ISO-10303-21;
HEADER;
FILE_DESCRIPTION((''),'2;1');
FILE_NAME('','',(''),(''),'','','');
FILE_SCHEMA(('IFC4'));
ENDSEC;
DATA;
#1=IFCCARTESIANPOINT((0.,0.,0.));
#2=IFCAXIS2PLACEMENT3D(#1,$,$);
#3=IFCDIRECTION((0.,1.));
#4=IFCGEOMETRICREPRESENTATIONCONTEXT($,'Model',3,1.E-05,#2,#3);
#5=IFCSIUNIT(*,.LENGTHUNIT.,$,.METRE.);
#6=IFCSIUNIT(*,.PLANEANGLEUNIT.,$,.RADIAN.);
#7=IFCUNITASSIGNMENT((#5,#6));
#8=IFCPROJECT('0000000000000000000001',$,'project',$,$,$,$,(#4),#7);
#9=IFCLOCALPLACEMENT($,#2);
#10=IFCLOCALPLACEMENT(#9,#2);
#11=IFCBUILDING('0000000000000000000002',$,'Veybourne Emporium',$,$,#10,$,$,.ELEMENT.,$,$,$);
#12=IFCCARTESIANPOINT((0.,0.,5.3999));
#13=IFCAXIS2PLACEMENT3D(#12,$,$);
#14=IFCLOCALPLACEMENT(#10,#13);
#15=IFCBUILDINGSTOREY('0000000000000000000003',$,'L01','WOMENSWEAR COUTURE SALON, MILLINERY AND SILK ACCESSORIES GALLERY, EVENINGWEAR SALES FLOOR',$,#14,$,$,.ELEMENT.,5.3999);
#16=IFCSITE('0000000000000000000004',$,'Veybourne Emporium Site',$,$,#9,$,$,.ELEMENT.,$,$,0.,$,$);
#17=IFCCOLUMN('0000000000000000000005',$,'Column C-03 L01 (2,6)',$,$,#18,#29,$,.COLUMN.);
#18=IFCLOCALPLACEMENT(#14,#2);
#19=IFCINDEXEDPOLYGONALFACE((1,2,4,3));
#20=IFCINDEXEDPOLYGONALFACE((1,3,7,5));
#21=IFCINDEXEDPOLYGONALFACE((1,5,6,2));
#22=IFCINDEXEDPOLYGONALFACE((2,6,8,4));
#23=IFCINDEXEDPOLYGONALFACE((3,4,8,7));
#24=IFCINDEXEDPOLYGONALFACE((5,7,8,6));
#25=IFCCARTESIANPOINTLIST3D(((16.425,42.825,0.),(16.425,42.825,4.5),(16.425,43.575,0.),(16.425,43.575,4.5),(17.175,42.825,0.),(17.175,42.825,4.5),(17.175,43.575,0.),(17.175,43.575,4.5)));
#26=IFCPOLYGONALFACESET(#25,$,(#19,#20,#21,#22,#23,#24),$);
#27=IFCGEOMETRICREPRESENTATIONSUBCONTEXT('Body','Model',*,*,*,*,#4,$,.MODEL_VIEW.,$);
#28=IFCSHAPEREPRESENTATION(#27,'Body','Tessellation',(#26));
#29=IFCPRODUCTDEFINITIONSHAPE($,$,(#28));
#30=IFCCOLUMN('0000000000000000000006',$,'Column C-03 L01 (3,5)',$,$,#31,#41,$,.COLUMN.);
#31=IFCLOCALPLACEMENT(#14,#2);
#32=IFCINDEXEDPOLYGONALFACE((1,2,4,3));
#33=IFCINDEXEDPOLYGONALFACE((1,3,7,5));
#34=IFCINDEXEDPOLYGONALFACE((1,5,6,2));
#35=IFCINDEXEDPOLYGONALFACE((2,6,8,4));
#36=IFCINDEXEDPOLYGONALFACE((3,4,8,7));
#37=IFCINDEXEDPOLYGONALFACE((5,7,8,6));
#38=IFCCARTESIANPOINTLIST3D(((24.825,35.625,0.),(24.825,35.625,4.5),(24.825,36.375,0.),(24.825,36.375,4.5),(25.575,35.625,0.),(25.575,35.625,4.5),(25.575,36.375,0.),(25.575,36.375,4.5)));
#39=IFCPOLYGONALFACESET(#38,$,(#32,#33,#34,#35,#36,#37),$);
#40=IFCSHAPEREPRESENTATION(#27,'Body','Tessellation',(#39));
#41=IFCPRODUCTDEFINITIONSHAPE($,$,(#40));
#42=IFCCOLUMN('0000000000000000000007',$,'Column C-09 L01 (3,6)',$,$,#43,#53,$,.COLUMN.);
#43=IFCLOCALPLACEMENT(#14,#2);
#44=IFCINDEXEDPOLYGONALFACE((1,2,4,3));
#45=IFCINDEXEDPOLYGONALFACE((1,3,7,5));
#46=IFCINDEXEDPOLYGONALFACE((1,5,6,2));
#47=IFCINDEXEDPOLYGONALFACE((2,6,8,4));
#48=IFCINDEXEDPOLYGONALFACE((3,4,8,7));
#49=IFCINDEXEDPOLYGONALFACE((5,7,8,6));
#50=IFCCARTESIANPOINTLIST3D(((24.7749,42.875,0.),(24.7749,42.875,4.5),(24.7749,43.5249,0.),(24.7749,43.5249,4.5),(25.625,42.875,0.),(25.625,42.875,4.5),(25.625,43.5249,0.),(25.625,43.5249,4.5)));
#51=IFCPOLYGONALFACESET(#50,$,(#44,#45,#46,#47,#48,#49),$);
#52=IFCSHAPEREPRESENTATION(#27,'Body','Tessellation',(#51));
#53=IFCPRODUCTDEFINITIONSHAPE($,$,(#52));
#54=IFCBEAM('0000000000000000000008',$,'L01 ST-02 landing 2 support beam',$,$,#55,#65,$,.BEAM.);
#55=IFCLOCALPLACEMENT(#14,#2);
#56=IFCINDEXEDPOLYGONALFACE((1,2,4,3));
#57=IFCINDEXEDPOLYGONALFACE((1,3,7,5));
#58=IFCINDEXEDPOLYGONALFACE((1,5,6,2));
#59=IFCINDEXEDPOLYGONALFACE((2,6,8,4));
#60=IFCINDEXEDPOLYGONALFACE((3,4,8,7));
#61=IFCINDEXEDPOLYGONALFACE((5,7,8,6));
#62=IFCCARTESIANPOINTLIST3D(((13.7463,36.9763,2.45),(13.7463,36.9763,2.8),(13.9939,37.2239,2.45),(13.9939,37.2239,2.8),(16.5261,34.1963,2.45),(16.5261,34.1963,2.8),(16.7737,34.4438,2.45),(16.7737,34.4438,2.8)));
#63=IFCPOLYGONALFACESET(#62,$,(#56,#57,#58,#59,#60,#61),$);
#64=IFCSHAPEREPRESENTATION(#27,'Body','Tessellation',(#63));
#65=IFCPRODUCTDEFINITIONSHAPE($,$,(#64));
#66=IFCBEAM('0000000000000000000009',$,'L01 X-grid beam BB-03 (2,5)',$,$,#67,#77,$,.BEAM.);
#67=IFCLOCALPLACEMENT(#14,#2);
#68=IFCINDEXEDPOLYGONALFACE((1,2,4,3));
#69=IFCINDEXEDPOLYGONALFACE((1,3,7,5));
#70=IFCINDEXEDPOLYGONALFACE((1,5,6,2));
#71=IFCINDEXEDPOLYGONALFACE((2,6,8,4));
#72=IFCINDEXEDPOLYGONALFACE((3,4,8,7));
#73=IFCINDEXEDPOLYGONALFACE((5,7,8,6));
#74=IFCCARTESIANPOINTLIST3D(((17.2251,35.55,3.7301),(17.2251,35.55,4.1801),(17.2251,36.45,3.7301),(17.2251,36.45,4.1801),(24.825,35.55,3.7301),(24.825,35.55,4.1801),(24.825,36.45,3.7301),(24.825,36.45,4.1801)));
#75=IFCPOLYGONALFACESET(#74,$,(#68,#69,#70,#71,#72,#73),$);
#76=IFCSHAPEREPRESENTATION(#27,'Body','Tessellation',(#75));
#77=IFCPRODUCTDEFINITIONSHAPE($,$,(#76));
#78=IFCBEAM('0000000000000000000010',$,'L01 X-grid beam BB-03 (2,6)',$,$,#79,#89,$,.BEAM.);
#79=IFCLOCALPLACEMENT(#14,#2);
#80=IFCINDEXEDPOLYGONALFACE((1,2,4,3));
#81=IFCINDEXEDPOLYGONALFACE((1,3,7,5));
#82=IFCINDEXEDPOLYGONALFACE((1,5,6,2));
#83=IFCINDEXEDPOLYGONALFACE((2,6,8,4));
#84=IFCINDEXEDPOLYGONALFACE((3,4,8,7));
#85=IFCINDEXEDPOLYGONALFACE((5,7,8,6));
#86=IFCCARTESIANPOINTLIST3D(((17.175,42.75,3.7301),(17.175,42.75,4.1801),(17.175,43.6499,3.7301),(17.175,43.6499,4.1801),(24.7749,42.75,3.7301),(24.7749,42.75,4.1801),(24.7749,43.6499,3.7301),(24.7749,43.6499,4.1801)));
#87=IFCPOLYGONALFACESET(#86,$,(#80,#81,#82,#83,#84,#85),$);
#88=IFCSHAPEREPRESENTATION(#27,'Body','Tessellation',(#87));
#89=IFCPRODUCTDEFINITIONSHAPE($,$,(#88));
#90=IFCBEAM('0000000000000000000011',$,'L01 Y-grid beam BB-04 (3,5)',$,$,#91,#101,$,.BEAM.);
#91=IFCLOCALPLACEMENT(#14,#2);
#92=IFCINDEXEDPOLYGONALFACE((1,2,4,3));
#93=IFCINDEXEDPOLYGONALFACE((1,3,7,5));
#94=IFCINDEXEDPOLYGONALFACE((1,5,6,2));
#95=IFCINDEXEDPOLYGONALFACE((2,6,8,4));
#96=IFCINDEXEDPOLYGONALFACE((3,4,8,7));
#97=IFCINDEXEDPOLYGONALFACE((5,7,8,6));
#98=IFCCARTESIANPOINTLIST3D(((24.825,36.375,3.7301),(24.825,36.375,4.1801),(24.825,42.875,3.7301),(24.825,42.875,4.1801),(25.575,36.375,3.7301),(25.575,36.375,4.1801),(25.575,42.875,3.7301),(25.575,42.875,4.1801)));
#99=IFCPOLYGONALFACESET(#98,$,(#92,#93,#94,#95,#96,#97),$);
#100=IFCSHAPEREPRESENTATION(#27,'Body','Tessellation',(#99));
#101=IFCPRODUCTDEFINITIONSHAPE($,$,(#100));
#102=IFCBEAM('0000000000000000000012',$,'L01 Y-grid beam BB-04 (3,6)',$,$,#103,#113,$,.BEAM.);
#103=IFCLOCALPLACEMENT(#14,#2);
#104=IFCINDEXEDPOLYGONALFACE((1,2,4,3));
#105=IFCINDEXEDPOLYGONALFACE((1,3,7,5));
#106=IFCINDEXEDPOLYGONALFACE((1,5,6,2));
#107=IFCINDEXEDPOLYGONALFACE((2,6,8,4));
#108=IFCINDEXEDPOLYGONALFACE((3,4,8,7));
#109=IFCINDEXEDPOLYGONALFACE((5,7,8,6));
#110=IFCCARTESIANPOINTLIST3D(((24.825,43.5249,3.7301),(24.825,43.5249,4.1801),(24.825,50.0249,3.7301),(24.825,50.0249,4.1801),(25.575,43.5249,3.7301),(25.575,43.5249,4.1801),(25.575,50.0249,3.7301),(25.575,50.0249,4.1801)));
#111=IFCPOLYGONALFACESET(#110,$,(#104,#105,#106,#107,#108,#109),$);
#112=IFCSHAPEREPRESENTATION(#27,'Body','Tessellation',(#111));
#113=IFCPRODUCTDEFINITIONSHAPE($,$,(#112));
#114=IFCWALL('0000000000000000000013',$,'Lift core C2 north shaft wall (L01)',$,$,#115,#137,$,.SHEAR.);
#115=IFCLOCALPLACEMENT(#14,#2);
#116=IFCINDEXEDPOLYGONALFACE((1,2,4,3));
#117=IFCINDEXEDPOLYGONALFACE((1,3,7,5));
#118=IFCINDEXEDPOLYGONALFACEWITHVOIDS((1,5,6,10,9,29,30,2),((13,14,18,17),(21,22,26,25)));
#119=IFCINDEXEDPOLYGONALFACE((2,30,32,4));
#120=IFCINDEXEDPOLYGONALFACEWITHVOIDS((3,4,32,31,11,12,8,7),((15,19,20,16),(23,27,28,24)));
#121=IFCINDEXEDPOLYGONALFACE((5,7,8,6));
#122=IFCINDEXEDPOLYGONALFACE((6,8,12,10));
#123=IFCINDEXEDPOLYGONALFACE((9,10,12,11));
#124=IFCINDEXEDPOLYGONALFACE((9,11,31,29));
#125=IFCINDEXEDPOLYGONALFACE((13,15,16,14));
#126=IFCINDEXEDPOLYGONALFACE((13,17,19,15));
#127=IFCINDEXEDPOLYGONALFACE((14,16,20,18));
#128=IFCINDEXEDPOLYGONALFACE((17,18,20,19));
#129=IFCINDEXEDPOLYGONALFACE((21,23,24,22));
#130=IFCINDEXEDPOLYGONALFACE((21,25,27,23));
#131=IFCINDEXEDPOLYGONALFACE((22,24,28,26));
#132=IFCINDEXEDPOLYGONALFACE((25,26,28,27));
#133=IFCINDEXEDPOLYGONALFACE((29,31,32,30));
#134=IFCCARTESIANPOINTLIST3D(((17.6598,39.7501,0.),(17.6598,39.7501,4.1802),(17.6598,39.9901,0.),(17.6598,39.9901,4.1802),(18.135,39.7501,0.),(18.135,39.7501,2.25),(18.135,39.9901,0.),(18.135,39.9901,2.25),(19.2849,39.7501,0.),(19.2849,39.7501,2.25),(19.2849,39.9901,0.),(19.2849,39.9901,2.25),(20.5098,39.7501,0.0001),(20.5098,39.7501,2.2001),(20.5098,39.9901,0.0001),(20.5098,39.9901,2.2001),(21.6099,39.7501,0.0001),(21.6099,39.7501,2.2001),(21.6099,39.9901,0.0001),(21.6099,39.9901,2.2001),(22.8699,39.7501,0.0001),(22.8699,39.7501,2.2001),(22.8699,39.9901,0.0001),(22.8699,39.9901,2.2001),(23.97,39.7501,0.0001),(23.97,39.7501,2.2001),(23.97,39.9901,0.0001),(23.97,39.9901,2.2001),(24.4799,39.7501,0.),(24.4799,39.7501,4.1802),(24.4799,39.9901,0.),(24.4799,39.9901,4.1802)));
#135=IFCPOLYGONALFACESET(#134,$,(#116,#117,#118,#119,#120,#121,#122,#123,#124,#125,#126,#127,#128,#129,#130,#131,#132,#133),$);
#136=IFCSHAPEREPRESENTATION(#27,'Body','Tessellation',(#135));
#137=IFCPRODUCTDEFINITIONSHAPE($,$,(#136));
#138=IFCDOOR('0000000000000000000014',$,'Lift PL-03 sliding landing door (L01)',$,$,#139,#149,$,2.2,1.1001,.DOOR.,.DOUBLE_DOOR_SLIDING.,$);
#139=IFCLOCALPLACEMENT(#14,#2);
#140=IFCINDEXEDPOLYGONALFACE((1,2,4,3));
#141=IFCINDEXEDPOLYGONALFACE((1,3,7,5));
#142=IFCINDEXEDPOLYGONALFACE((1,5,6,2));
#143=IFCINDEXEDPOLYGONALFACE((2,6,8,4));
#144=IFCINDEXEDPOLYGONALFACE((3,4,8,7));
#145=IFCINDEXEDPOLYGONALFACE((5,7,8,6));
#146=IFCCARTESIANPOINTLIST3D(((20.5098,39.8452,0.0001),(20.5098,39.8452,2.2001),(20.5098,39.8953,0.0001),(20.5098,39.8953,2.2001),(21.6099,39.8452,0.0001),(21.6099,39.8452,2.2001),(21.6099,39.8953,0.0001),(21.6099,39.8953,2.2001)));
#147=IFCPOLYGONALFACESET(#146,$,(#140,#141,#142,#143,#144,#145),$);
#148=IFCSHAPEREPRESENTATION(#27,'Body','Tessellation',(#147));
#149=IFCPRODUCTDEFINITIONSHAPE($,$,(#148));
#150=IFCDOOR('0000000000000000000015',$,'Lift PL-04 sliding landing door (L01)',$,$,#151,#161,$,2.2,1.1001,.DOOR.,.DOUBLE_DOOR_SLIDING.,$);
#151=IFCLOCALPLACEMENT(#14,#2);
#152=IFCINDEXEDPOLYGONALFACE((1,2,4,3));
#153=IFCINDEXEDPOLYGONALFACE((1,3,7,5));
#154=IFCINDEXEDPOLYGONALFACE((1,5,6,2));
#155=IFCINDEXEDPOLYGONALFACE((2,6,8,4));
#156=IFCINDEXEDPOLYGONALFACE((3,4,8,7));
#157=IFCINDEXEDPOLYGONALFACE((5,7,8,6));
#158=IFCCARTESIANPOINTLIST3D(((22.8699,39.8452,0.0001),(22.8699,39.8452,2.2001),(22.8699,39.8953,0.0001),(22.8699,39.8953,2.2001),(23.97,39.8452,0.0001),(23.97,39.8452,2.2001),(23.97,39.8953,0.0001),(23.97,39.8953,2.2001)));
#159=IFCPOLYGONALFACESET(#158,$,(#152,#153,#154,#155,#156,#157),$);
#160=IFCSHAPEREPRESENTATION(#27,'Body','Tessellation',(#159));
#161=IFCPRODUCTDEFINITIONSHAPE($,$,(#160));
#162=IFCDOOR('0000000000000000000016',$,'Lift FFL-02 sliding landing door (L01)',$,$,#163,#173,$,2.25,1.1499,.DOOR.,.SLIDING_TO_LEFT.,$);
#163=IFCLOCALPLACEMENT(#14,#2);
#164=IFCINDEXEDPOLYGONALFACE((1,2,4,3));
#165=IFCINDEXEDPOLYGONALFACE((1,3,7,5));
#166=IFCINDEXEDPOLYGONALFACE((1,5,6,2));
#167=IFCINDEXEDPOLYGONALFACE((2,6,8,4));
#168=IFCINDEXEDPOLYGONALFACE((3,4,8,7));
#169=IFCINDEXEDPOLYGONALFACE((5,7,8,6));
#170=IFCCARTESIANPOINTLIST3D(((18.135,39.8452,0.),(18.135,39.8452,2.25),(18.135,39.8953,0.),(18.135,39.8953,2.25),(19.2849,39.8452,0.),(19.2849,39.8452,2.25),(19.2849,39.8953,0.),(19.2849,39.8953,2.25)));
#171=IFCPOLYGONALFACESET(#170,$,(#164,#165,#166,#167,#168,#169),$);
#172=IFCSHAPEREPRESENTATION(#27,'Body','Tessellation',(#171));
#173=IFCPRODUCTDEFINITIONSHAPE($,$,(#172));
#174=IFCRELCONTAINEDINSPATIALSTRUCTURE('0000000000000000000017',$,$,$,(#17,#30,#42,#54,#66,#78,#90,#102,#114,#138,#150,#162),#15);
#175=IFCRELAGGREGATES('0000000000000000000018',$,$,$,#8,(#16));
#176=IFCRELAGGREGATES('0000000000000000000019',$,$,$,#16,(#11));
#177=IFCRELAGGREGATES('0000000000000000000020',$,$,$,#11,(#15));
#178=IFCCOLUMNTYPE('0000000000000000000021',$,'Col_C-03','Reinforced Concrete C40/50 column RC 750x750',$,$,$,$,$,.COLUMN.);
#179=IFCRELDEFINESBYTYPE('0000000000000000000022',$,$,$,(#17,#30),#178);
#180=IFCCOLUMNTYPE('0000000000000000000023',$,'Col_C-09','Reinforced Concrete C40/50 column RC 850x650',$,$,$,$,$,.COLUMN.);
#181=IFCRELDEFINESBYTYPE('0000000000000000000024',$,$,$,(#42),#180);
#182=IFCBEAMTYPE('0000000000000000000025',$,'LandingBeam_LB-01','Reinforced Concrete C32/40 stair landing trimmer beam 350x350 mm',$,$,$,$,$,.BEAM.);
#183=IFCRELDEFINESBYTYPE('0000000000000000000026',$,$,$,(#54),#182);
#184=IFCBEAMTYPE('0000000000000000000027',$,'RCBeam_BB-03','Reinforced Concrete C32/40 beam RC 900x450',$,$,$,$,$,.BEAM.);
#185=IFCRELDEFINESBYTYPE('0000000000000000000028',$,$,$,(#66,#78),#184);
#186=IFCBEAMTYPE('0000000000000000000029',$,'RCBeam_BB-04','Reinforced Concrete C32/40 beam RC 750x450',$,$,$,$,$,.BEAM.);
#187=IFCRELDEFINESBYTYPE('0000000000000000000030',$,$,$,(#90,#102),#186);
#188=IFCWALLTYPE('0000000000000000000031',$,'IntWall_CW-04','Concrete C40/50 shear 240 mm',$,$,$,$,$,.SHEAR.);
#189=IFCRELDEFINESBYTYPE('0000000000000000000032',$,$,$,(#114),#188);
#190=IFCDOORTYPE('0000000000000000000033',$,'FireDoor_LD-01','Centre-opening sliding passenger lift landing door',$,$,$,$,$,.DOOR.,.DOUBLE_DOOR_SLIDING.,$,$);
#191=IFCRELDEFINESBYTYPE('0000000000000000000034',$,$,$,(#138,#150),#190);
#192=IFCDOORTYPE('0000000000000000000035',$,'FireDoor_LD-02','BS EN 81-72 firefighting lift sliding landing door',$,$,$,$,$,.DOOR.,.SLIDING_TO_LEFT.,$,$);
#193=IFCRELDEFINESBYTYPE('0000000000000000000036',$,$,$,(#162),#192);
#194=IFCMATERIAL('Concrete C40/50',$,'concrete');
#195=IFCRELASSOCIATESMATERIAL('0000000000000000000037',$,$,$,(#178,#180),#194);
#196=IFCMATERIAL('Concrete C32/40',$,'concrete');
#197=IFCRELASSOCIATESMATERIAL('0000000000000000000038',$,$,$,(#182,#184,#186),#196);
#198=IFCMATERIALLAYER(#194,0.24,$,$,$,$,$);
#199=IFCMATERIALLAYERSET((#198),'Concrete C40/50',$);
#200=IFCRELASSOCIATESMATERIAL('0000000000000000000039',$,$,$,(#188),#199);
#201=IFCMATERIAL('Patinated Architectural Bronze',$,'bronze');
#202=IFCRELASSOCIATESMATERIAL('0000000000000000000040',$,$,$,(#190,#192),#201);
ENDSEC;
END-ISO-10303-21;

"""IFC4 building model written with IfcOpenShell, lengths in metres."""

from ifc_helpers import new_model, si_unit, direction, frame, frame_2d, origin, origin_2d, place, context, subcontext, project, spatial, rectangle, extrude, material, layer, layer_set, material_profile, profile_set, type_object, element, fill, save


model = new_model("IFC4")

# Units and contexts
model_context = context("Model", 3, precision=1e-05, world=origin(), true_north=direction((0.0, 1.0)))
body_context = subcontext(model_context, "Body", "Model", "MODEL_VIEW")
ifc_project = project(units=[si_unit("LENGTHUNIT", "METRE"), si_unit("PLANEANGLEUNIT", "RADIAN")], contexts=[model_context])

# Site, building, storey
site_placement = place(None, origin())
site = spatial("IfcSite", under=ifc_project, at=site_placement, Name="Veybourne Emporium Site", CompositionType="ELEMENT", RefElevation=0.0)
building_placement = place(site_placement, origin())
building = spatial("IfcBuilding", under=site, at=building_placement, Name="Veybourne Emporium", CompositionType="ELEMENT")
storey_placement = place(building_placement, frame((0.0, 0.0, 5.3999)))
storey = spatial("IfcBuildingStorey", under=building, at=storey_placement, Name="L01", Description="WOMENSWEAR COUTURE SALON, MILLINERY AND SILK ACCESSORIES GALLERY, EVENINGWEAR SALES FLOOR", CompositionType="ELEMENT", Elevation=5.3999)

# Columns
ifc_material_1 = material(Name="Concrete C40/50", Category="concrete")
ifc_material_profile_1 = material_profile(ifc_material_1, rectangle(XDim=0.75, YDim=0.75, at=origin_2d()), Name="RC 750x750")
ifc_profile_set_1 = profile_set([ifc_material_profile_1], Name="Concrete C40/50")
column_type_1 = type_object("IfcColumnType", Name="Col_C-03", Description="Reinforced Concrete C40/50 column RC 750x750", PredefinedType="COLUMN", material=ifc_profile_set_1)
for number, where, z_axis, x_axis, name in (
    (1, (16.8, 43.2, 0.0), (0.0, 0.0, 1.0), (1.0, 0.0, 0.0), "Column C-03 L01 (2,6)"),
    (2, (25.2, 36.0, 0.0), (0.0, 0.0, 1.0), (1.0, 0.0, 0.0), "Column C-03 L01 (3,5)"),
):
    element("IfcColumn", number, at=place(storey_placement, frame(where, z_axis=z_axis, x_axis=x_axis)), inside=storey, type_object=column_type_1, Name=name, PredefinedType="COLUMN", context=body_context, shape_type="SweptSolid", body=[
        extrude(rectangle(XDim=0.75, YDim=0.75, at=origin_2d()), origin(), (0.0, 0.0, 1.0), 4.5),
    ])
ifc_material_profile_2 = material_profile(ifc_material_1, rectangle(XDim=0.8501, YDim=0.6499, at=origin_2d()), Name="RC 850x650")
ifc_profile_set_2 = profile_set([ifc_material_profile_2], Name="Concrete C40/50")
column_type_2 = type_object("IfcColumnType", Name="Col_C-09", Description="Reinforced Concrete C40/50 column RC 850x650", PredefinedType="COLUMN", material=ifc_profile_set_2)
column_placement = place(storey_placement, frame((25.2, 43.2, 0.0), z_axis=(0.0, 0.0, 1.0), x_axis=(1.0, 0.0, 0.0)))
element("IfcColumn", 3, at=column_placement, inside=storey, type_object=column_type_2, Name="Column C-09 L01 (3,6)", PredefinedType="COLUMN", context=body_context, shape_type="SweptSolid", body=[
    extrude(rectangle(XDim=0.8501, YDim=0.6499, at=origin_2d()), origin(), (0.0, 0.0, 1.0), 4.5),
])

# Beams
ifc_material_2 = material(Name="Concrete C32/40", Category="concrete")
ifc_material_profile_3 = material_profile(ifc_material_2, rectangle(XDim=0.3501, YDim=0.3501, at=origin_2d()), Name="RC 350x350")
ifc_profile_set_3 = profile_set([ifc_material_profile_3], Name="Concrete C32/40")
beam_type_1 = type_object("IfcBeamType", Name="LandingBeam_LB-01", Description="Reinforced Concrete C32/40 stair landing trimmer beam 350x350 mm", PredefinedType="BEAM", material=ifc_profile_set_3)
beam_placement = place(storey_placement, frame((13.8701, 37.1001, 2.625), z_axis=(0.707076, -0.707138, 0.0), x_axis=(0.707138, 0.707076, 0.0)))
element("IfcBeam", 4, at=beam_placement, inside=storey, type_object=beam_type_1, Name="L01 ST-02 landing 2 support beam", PredefinedType="BEAM", context=body_context, shape_type="SweptSolid", body=[
    extrude(rectangle(XDim=0.3501, YDim=0.3501, at=origin_2d()), origin(), (0.0, 0.0, 1.0), 3.9314),
])
ifc_material_profile_4 = material_profile(ifc_material_2, rectangle(XDim=0.8999, YDim=0.45, at=origin_2d()), Name="RC 900x450")
ifc_profile_set_4 = profile_set([ifc_material_profile_4], Name="Concrete C32/40")
beam_type_2 = type_object("IfcBeamType", Name="RCBeam_BB-03", Description="Reinforced Concrete C32/40 beam RC 900x450", PredefinedType="BEAM", material=ifc_profile_set_4)
for number, where, z_axis, x_axis, name in (
    (5, (17.2251, 36.0, 3.9551), (1.0, 0.0, 0.0), (0.0, 1.0, 0.0), "L01 X-grid beam BB-03 (2,5)"),
    (6, (17.175, 43.2, 3.9551), (1.0, 0.0, 0.0), (0.0, 1.0, 0.0), "L01 X-grid beam BB-03 (2,6)"),
):
    element("IfcBeam", number, at=place(storey_placement, frame(where, z_axis=z_axis, x_axis=x_axis)), inside=storey, type_object=beam_type_2, Name=name, PredefinedType="BEAM", context=body_context, shape_type="SweptSolid", body=[
        extrude(rectangle(XDim=0.8999, YDim=0.45, at=origin_2d()), origin(), (0.0, 0.0, 1.0), 7.5999),
    ])
ifc_material_profile_5 = material_profile(ifc_material_2, rectangle(XDim=0.75, YDim=0.45, at=origin_2d()), Name="RC 750x450")
ifc_profile_set_5 = profile_set([ifc_material_profile_5], Name="Concrete C32/40")
beam_type_3 = type_object("IfcBeamType", Name="RCBeam_BB-04", Description="Reinforced Concrete C32/40 beam RC 750x450", PredefinedType="BEAM", material=ifc_profile_set_5)
for number, where, z_axis, x_axis, name in (
    (7, (25.2, 36.375, 3.9551), (0.0, 1.0, 0.0), (-1.0, 0.0, 0.0), "L01 Y-grid beam BB-04 (3,5)"),
    (8, (25.2, 43.5249, 3.9551), (0.0, 1.0, 0.0), (-1.0, 0.0, 0.0), "L01 Y-grid beam BB-04 (3,6)"),
):
    element("IfcBeam", number, at=place(storey_placement, frame(where, z_axis=z_axis, x_axis=x_axis)), inside=storey, type_object=beam_type_3, Name=name, PredefinedType="BEAM", context=body_context, shape_type="SweptSolid", body=[
        extrude(rectangle(XDim=0.75, YDim=0.45, at=origin_2d()), origin(), (0.0, 0.0, 1.0), 6.5),
    ])

# Wall, openings, doors
ifc_layer_1 = layer(ifc_material_1, 0.24)
ifc_layer_set_1 = layer_set([ifc_layer_1], Name="Concrete C40/50")
wall_type_1 = type_object("IfcWallType", Name="IntWall_CW-04", Description="Concrete C40/50 shear 240 mm", PredefinedType="SHEAR", material=ifc_layer_set_1)
wall_1_placement = place(storey_placement, frame((24.48, 39.8701, 0.0), z_axis=(0.0, 0.0, 1.0), x_axis=(-1.0, 0.0, 0.0)))
wall_1 = element("IfcWall", 9, at=wall_1_placement, inside=storey, type_object=wall_type_1, Name="Lift core C2 north shaft wall (L01)", PredefinedType="SHEAR", context=body_context, shape_type="SweptSolid", body=[
    extrude(rectangle(XDim=6.8201, YDim=0.24, at=frame_2d((3.4102, 0.0))), origin(), (0.0, 0.0, 1.0), 4.1802),
])
opening_1_placement = place(wall_1_placement, frame((5.1951, 0.0, 0.0)))
opening_1 = element("IfcOpeningElement", 10, at=opening_1_placement, cuts=wall_1, PredefinedType="OPENING", context=body_context, shape_type="SweptSolid", body=[
    extrude(rectangle(XDim=1.1499, YDim=2.25, at=frame_2d((0.575, 1.125))), frame((0.0, 0.1401, 0.0), z_axis=(0.0, -1.0, 0.0), x_axis=(1.0, 0.0, 0.0)), (0.0, 0.0, 1.0), 0.28),
])
opening_2_placement = place(wall_1_placement, frame((2.8701, 0.0, 0.0)))
opening_2 = element("IfcOpeningElement", 11, at=opening_2_placement, cuts=wall_1, PredefinedType="OPENING", context=body_context, shape_type="SweptSolid", body=[
    extrude(rectangle(XDim=1.1001, YDim=2.2, at=frame_2d((0.55, 1.1001))), frame((0.0, 0.1401, 0.0), z_axis=(0.0, -1.0, 0.0), x_axis=(1.0, 0.0, 0.0)), (0.0, 0.0, 1.0), 0.28),
])
opening_3_placement = place(wall_1_placement, frame((0.51, 0.0, 0.0)))
opening_3 = element("IfcOpeningElement", 12, at=opening_3_placement, cuts=wall_1, PredefinedType="OPENING", context=body_context, shape_type="SweptSolid", body=[
    extrude(rectangle(XDim=1.1001, YDim=2.2, at=frame_2d((0.55, 1.1001))), frame((0.0, 0.1401, 0.0), z_axis=(0.0, -1.0, 0.0), x_axis=(1.0, 0.0, 0.0)), (0.0, 0.0, 1.0), 0.28),
])
ifc_material_3 = material(Name="Patinated Architectural Bronze", Category="bronze")
door_type_1 = type_object("IfcDoorType", Name="FireDoor_LD-01", Description="Centre-opening sliding passenger lift landing door", OperationType="DOUBLE_DOOR_SLIDING", PredefinedType="DOOR", material=ifc_material_3)
door_1_placement = place(opening_2_placement, origin())
door_1 = element("IfcDoor", 13, at=door_1_placement, inside=storey, type_object=door_type_1, Name="Lift PL-03 sliding landing door (L01)", OperationType="DOUBLE_DOOR_SLIDING", OverallHeight=2.2, OverallWidth=1.1001, PredefinedType="DOOR", context=body_context, shape_type="SweptSolid", body=[
    extrude(rectangle(XDim=1.1001, YDim=2.2, at=frame_2d((0.55, 1.1001))), frame((0.0, 0.0249, 0.0), z_axis=(0.0, -1.0, 0.0), x_axis=(1.0, 0.0, 0.0)), (0.0, 0.0, 1.0), 0.05),
])
fill(opening_2, door_1)
door_2_placement = place(opening_3_placement, origin())
door_2 = element("IfcDoor", 14, at=door_2_placement, inside=storey, type_object=door_type_1, Name="Lift PL-04 sliding landing door (L01)", OperationType="DOUBLE_DOOR_SLIDING", OverallHeight=2.2, OverallWidth=1.1001, PredefinedType="DOOR", context=body_context, shape_type="SweptSolid", body=[
    extrude(rectangle(XDim=1.1001, YDim=2.2, at=frame_2d((0.55, 1.1001))), frame((0.0, 0.0249, 0.0), z_axis=(0.0, -1.0, 0.0), x_axis=(1.0, 0.0, 0.0)), (0.0, 0.0, 1.0), 0.05),
])
fill(opening_3, door_2)
door_type_2 = type_object("IfcDoorType", Name="FireDoor_LD-02", Description="BS EN 81-72 firefighting lift sliding landing door", OperationType="SLIDING_TO_LEFT", PredefinedType="DOOR", material=ifc_material_3)
door_3_placement = place(opening_1_placement, origin())
door_3 = element("IfcDoor", 15, at=door_3_placement, inside=storey, type_object=door_type_2, Name="Lift FFL-02 sliding landing door (L01)", OperationType="SLIDING_TO_LEFT", OverallHeight=2.25, OverallWidth=1.1499, PredefinedType="DOOR", context=body_context, shape_type="SweptSolid", body=[
    extrude(rectangle(XDim=1.1499, YDim=2.25, at=frame_2d((0.575, 1.125))), frame((0.0, 0.0249, 0.0), z_axis=(0.0, -1.0, 0.0), x_axis=(1.0, 0.0, 0.0)), (0.0, 0.0, 1.0), 0.05),
])
fill(opening_1, door_3)

save(model, "model.ifc")
